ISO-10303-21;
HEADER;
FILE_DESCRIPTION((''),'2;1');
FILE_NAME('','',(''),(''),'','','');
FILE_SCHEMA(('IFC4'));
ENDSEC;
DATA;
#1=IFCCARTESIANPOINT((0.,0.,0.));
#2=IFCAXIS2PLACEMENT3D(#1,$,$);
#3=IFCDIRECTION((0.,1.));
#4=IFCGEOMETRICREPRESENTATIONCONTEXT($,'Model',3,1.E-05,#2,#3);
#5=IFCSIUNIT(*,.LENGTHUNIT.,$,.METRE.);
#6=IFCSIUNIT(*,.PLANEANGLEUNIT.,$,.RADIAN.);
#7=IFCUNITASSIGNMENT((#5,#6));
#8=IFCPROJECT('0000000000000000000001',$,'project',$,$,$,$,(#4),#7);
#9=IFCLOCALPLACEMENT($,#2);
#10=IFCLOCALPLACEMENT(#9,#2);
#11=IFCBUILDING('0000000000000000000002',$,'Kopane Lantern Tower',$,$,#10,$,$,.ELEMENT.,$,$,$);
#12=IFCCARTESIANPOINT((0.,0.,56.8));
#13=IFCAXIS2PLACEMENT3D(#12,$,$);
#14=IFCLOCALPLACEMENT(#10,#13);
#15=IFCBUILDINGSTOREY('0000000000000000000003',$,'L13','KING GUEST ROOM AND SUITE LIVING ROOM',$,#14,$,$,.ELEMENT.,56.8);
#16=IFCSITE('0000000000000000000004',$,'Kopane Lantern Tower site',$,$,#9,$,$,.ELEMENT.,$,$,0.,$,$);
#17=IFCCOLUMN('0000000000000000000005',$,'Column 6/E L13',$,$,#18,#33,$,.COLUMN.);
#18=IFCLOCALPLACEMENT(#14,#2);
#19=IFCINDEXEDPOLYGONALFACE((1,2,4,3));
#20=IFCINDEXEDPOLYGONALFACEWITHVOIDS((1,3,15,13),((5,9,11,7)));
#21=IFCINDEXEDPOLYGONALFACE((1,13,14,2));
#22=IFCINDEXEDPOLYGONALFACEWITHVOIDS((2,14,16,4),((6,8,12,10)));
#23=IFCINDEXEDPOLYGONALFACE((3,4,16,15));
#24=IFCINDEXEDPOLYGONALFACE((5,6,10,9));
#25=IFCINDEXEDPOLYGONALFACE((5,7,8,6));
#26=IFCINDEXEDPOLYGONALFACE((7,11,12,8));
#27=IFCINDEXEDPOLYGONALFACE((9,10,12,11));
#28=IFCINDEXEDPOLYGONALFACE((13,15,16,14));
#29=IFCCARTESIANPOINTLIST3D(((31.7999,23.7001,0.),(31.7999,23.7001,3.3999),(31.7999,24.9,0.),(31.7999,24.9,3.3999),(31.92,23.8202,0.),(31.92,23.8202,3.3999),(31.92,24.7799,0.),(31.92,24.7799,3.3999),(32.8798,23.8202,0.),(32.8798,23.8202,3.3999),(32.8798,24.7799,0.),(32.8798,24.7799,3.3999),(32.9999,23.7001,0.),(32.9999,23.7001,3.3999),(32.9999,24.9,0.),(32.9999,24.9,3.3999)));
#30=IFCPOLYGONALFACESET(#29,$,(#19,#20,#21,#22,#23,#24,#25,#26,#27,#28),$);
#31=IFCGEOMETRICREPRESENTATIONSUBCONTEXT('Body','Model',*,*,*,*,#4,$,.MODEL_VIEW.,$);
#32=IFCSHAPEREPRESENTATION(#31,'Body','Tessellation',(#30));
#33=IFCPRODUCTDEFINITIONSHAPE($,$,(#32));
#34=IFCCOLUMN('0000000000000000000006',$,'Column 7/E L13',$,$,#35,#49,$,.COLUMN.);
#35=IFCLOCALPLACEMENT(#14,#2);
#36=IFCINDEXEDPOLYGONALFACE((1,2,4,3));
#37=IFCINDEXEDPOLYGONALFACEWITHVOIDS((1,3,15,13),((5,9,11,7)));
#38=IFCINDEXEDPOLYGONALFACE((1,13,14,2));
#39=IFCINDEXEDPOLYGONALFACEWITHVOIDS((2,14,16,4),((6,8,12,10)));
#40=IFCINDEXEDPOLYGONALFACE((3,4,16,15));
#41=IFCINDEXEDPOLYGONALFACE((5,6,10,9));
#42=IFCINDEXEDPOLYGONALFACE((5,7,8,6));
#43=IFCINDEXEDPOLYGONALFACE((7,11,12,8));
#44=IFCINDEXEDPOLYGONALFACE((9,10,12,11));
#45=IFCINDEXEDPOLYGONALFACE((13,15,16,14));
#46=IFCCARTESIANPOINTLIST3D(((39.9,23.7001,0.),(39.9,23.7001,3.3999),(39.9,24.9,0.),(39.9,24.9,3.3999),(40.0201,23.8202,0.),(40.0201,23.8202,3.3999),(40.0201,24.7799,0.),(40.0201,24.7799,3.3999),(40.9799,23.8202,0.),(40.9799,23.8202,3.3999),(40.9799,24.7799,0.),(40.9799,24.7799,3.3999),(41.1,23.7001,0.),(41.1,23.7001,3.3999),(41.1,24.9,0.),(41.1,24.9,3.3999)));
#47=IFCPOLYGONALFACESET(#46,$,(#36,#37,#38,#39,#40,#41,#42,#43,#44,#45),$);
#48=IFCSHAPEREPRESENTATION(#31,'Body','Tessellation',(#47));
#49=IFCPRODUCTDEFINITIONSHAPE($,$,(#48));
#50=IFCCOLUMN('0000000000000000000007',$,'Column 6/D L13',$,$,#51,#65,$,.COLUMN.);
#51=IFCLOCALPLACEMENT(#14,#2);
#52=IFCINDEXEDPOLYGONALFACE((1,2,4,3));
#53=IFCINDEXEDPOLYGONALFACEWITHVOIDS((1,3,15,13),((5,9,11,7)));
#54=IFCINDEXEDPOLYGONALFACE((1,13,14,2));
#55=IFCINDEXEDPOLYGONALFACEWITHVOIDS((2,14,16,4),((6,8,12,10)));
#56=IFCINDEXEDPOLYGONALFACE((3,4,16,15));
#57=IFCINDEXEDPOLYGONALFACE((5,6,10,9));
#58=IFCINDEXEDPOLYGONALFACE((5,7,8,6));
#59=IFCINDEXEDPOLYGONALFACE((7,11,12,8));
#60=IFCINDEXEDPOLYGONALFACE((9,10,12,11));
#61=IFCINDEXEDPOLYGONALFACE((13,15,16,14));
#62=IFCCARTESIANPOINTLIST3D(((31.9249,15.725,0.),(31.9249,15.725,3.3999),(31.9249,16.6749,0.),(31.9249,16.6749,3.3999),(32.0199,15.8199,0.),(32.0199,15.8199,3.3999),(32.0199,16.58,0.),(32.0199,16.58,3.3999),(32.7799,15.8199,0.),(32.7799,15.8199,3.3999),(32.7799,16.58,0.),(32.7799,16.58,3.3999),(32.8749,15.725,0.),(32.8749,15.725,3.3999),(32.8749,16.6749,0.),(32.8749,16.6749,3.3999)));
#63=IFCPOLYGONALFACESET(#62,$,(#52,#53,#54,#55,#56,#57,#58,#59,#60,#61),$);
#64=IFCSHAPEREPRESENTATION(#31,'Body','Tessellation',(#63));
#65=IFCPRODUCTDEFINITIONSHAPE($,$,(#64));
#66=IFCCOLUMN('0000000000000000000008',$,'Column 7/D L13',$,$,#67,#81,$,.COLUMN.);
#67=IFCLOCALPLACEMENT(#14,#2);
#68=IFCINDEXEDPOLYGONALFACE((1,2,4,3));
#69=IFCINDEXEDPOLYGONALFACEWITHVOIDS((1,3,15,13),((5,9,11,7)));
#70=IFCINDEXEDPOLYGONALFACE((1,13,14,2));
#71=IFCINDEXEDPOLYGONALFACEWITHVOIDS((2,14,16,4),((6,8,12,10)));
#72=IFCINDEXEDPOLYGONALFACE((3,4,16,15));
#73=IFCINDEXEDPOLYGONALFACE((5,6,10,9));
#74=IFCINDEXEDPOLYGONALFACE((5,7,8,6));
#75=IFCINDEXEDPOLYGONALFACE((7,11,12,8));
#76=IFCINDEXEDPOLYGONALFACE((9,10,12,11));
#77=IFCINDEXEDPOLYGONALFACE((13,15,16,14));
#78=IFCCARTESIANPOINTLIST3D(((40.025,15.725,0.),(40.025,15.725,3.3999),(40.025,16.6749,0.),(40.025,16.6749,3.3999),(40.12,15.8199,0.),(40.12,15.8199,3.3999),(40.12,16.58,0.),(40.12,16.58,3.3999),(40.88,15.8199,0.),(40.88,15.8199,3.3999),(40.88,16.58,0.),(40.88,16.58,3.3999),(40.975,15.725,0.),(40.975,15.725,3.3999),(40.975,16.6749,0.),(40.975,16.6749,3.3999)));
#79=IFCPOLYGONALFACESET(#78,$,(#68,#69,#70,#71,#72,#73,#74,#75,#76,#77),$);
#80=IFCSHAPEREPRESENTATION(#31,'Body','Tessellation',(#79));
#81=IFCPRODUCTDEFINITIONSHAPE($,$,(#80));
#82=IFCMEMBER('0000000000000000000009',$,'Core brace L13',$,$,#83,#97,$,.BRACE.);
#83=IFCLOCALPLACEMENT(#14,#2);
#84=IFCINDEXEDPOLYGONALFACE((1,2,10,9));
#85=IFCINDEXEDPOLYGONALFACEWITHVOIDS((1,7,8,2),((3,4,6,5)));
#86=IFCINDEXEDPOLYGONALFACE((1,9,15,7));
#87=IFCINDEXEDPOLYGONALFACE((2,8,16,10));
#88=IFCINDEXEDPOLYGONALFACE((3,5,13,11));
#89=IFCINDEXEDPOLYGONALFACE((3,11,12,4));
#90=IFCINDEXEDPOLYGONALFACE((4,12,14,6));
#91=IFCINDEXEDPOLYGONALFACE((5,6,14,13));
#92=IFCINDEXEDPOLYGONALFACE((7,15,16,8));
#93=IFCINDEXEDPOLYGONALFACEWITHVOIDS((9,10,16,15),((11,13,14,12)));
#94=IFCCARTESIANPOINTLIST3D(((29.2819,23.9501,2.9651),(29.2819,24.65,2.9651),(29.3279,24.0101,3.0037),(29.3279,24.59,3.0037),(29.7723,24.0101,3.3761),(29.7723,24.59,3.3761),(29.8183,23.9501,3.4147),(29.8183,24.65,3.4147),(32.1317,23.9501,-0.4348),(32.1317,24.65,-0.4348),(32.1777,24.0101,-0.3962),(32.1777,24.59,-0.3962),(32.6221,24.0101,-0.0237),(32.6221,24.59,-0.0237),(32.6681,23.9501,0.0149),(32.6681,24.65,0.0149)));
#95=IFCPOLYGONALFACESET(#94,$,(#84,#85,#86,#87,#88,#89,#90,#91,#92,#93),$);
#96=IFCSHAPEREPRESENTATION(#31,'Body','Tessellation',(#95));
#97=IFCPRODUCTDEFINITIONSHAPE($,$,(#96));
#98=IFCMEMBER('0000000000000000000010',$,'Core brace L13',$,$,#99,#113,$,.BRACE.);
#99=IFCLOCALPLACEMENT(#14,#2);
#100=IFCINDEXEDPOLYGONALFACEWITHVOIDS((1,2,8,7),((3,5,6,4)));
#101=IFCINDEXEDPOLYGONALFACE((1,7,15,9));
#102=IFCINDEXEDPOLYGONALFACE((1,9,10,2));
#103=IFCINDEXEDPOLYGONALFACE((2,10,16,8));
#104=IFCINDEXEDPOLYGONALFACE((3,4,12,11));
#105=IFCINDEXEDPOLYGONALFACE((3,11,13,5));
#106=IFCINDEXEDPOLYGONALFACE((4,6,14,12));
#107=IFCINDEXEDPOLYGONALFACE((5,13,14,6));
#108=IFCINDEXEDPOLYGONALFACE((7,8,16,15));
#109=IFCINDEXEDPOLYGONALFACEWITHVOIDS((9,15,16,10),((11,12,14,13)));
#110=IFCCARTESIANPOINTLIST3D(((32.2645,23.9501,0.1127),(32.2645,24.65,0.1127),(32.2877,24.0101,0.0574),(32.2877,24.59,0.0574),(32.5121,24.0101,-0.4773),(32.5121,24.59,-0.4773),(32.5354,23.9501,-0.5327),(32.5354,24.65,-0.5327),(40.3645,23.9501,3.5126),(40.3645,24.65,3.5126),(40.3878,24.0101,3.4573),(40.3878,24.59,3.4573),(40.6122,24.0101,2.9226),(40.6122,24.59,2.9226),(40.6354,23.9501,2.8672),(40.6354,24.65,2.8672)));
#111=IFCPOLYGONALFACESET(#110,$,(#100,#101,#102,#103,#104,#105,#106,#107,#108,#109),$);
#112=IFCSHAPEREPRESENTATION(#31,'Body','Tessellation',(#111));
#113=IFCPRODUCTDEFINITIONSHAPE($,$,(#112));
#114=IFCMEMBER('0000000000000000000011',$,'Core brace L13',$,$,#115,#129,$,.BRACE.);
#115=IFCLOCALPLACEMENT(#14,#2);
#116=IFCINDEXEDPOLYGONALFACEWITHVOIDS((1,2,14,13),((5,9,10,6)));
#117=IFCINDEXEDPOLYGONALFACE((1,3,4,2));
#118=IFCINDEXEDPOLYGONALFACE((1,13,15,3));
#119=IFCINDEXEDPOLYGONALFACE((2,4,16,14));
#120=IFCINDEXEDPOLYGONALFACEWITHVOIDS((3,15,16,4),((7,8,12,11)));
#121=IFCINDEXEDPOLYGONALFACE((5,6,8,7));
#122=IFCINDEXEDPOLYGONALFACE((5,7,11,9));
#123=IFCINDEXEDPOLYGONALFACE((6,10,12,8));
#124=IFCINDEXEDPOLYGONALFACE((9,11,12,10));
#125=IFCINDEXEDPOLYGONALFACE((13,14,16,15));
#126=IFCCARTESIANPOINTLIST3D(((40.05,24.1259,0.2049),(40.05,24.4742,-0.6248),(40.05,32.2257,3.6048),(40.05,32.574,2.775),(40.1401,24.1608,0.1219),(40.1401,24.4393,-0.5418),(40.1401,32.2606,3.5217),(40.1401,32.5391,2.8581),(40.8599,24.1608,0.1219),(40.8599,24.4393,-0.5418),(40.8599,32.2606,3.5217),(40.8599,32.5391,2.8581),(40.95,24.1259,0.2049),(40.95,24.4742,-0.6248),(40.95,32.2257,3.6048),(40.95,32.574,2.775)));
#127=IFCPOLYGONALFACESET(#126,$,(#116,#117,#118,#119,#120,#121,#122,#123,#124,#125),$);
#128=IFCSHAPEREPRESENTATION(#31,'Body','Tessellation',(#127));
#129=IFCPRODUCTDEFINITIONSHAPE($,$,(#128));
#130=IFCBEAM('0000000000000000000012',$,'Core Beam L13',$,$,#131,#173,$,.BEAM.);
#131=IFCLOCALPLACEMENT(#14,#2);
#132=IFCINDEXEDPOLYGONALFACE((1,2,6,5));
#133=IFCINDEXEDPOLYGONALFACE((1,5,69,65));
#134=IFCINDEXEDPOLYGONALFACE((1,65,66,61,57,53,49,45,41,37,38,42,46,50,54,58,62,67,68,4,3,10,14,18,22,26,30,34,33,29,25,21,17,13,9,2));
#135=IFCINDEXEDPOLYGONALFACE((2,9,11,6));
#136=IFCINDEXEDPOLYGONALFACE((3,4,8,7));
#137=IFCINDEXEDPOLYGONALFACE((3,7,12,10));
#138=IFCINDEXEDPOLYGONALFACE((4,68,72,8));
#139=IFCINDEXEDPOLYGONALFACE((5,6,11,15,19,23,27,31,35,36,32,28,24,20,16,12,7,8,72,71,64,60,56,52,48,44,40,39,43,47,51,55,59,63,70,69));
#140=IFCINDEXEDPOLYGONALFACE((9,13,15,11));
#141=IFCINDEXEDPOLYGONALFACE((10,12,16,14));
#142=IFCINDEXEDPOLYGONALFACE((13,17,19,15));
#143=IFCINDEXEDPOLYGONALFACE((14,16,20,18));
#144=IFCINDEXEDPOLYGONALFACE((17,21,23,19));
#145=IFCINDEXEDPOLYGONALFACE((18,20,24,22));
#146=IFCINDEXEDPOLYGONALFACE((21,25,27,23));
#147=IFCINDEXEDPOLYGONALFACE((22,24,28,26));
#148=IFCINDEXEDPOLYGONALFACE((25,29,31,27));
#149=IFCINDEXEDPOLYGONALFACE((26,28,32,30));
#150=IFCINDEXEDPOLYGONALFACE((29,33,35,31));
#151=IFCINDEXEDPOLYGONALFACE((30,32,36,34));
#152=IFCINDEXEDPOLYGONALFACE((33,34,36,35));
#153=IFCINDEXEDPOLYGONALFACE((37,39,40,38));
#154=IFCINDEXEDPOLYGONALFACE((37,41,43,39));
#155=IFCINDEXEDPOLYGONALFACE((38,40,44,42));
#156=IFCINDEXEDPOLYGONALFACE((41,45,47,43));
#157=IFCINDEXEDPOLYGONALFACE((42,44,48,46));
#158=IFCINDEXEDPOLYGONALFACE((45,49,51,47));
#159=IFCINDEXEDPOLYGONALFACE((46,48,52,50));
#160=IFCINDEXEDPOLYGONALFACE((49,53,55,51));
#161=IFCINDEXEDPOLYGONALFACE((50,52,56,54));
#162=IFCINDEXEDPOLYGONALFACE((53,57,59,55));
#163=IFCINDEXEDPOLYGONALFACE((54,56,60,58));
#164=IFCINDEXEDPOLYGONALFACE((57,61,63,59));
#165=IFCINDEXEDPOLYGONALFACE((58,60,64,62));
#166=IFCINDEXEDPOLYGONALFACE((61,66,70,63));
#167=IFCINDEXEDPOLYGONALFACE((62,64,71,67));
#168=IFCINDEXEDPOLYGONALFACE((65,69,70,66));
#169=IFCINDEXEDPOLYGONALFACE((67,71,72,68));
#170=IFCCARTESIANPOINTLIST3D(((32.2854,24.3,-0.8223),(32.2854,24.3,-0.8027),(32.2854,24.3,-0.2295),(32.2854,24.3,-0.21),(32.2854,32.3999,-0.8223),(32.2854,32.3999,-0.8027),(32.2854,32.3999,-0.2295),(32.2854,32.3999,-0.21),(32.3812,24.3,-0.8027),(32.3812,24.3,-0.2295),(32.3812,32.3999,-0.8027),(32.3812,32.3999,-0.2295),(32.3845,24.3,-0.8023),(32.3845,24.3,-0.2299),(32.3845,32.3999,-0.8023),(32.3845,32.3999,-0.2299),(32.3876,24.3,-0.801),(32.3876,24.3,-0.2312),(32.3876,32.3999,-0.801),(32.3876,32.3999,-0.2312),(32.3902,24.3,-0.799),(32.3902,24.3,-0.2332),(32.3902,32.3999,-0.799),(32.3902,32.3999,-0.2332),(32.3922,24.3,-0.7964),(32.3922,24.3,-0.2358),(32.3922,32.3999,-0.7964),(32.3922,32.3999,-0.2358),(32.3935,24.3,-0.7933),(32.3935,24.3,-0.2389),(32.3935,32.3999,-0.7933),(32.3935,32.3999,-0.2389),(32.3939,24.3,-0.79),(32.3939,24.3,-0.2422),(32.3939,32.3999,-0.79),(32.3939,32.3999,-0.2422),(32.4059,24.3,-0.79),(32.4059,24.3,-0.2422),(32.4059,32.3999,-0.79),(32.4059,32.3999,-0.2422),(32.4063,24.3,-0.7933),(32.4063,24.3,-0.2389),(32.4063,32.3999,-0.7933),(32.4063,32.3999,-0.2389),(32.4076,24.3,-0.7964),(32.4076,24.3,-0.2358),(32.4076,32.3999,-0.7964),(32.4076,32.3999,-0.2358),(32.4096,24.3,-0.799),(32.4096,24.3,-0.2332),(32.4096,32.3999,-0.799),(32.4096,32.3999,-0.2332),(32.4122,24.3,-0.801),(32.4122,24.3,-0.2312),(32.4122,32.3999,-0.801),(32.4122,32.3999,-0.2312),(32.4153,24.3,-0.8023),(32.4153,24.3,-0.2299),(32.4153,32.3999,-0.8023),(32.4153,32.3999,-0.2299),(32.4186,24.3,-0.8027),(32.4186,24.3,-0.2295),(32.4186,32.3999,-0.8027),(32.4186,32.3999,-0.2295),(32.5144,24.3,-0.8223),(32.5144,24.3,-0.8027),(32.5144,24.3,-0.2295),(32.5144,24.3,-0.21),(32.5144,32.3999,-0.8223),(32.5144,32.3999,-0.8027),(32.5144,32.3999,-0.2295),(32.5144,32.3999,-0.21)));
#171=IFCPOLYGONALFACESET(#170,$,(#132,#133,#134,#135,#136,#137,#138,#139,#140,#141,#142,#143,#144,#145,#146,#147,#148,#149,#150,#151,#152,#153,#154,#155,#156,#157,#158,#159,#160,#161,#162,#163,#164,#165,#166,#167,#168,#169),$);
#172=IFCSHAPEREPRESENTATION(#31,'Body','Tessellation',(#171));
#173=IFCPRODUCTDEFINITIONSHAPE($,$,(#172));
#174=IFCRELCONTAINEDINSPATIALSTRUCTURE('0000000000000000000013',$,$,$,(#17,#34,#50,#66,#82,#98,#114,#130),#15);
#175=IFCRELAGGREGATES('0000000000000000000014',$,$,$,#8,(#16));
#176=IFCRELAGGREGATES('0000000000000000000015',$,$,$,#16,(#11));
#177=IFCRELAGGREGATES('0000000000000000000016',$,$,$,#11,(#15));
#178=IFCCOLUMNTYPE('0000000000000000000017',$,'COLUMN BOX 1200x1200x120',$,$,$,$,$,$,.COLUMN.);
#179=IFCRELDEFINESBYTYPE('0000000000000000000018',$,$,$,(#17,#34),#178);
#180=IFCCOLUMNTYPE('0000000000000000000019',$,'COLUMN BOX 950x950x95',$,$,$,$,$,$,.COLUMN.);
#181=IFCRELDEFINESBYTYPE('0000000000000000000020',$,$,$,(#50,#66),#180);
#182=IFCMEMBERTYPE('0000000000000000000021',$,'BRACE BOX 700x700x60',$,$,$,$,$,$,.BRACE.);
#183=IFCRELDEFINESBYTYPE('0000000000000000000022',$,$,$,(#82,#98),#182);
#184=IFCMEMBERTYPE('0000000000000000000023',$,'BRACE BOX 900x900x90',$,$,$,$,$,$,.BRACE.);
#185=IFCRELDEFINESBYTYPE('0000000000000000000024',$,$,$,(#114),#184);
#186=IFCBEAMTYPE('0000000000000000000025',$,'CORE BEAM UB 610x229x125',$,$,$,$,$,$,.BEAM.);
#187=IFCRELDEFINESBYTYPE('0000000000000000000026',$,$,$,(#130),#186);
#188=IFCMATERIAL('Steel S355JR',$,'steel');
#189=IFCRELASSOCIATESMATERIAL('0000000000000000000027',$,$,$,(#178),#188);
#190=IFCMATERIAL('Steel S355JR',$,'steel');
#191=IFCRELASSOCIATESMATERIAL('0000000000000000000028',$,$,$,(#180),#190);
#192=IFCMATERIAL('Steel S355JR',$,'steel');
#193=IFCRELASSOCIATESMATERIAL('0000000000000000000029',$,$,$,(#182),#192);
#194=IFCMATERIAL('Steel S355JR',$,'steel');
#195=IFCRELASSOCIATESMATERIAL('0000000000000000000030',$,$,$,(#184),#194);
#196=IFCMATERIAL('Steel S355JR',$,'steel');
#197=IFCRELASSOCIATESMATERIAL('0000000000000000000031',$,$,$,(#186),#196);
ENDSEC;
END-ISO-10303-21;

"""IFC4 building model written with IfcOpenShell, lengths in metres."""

from ifc_helpers import new_model, si_unit, direction, frame, origin, origin_2d, place, context, subcontext, project, spatial, hollow_rectangle, i_section, extrude, material, material_profile, profile_set, type_object, element, save


model = new_model("IFC4")

# Units and contexts
model_context = context("Model", 3, precision=1e-05, world=origin(), true_north=direction((0.0, 1.0)))
body_context = subcontext(model_context, "Body", "Model", "MODEL_VIEW")
ifc_project = project(units=[si_unit("LENGTHUNIT", "METRE"), si_unit("PLANEANGLEUNIT", "RADIAN")], contexts=[model_context])

# Site, building, storey
site_placement = place(None, origin())
site = spatial("IfcSite", under=ifc_project, at=site_placement, Name="Kopane Lantern Tower site", CompositionType="ELEMENT", RefElevation=0.0)
building_placement = place(site_placement, origin())
building = spatial("IfcBuilding", under=site, at=building_placement, Name="Kopane Lantern Tower", CompositionType="ELEMENT")
storey_placement = place(building_placement, frame((0.0, 0.0, 56.8)))
storey = spatial("IfcBuildingStorey", under=building, at=storey_placement, Name="L13", Description="KING GUEST ROOM AND SUITE LIVING ROOM", CompositionType="ELEMENT", Elevation=56.8)

# Columns
ifc_material_1 = material(Name="Steel S355JR", Category="steel")
ifc_material_profile_1 = material_profile(ifc_material_1, hollow_rectangle(XDim=1.2, YDim=1.2, WallThickness=0.1201, at=origin_2d()), Name="BOX 1200x1200x120")
ifc_profile_set_1 = profile_set([ifc_material_profile_1], Name="Steel S355JR")
column_type_1 = type_object("IfcColumnType", Name="COLUMN BOX 1200x1200x120", PredefinedType="COLUMN", material=ifc_profile_set_1)
for number, where, z_axis, x_axis, name in (
    (1, (32.3999, 24.3, 0.0), (0.0, 0.0, 1.0), (1.0, 0.0, 0.0), "Column 6/E L13"),
    (2, (40.5, 24.3, 0.0), (0.0, 0.0, 1.0), (1.0, 0.0, 0.0), "Column 7/E L13"),
):
    element("IfcColumn", number, at=place(storey_placement, frame(where, z_axis=z_axis, x_axis=x_axis)), inside=storey, type_object=column_type_1, Name=name, PredefinedType="COLUMN", context=body_context, shape_type="SweptSolid", body=[
        extrude(hollow_rectangle(XDim=1.2, YDim=1.2, WallThickness=0.1201, at=origin_2d()), origin(), (0.0, 0.0, 1.0), 3.3999),
    ])
ifc_material_2 = material(Name="Steel S355JR", Category="steel")
ifc_material_profile_2 = material_profile(ifc_material_2, hollow_rectangle(XDim=0.95, YDim=0.95, WallThickness=0.095, at=origin_2d()), Name="BOX 950x950x95")
ifc_profile_set_2 = profile_set([ifc_material_profile_2], Name="Steel S355JR")
column_type_2 = type_object("IfcColumnType", Name="COLUMN BOX 950x950x95", PredefinedType="COLUMN", material=ifc_profile_set_2)
for number, where, z_axis, x_axis, name in (
    (3, (32.3999, 16.2, 0.0), (0.0, 0.0, 1.0), (1.0, 0.0, 0.0), "Column 6/D L13"),
    (4, (40.5, 16.2, 0.0), (0.0, 0.0, 1.0), (1.0, 0.0, 0.0), "Column 7/D L13"),
):
    element("IfcColumn", number, at=place(storey_placement, frame(where, z_axis=z_axis, x_axis=x_axis)), inside=storey, type_object=column_type_2, Name=name, PredefinedType="COLUMN", context=body_context, shape_type="SweptSolid", body=[
        extrude(hollow_rectangle(XDim=0.95, YDim=0.95, WallThickness=0.095, at=origin_2d()), origin(), (0.0, 0.0, 1.0), 3.3999),
    ])

# Members
ifc_material_3 = material(Name="Steel S355JR", Category="steel")
ifc_material_profile_3 = material_profile(ifc_material_3, hollow_rectangle(XDim=0.7, YDim=0.7, WallThickness=0.0601, at=origin_2d()), Name="BOX 700x700x60")
ifc_profile_set_3 = profile_set([ifc_material_profile_3], Name="Steel S355JR")
member_type_1 = type_object("IfcMemberType", Name="BRACE BOX 700x700x60", PredefinedType="BRACE", material=ifc_profile_set_3)
member_1_placement = place(storey_placement, frame((32.3999, 24.3, -0.21), z_axis=(-0.64239, 0.0, 0.766378), x_axis=(0.0, -1.0, 0.0)))
element("IfcMember", 5, at=member_1_placement, inside=storey, type_object=member_type_1, Name="Core brace L13", PredefinedType="BRACE", context=body_context, shape_type="SweptSolid", body=[
    extrude(hollow_rectangle(XDim=0.7, YDim=0.7, WallThickness=0.0601, at=origin_2d()), origin(), (0.0, 0.0, 1.0), 4.4363),
])
member_2_placement = place(storey_placement, frame((32.3999, 24.3, -0.21), z_axis=(0.922069, 0.0, 0.387026), x_axis=(0.0, 1.0, 0.0)))
element("IfcMember", 6, at=member_2_placement, inside=storey, type_object=member_type_1, Name="Core brace L13", PredefinedType="BRACE", context=body_context, shape_type="SweptSolid", body=[
    extrude(hollow_rectangle(XDim=0.7, YDim=0.7, WallThickness=0.0601, at=origin_2d()), origin(), (0.0, 0.0, 1.0), 8.7847),
])
ifc_material_4 = material(Name="Steel S355JR", Category="steel")
ifc_material_profile_4 = material_profile(ifc_material_4, hollow_rectangle(XDim=0.8999, YDim=0.8999, WallThickness=0.0901, at=origin_2d()), Name="BOX 900x900x90")
ifc_profile_set_4 = profile_set([ifc_material_profile_4], Name="Steel S355JR")
member_type_2 = type_object("IfcMemberType", Name="BRACE BOX 900x900x90", PredefinedType="BRACE", material=ifc_profile_set_4)
member_3_placement = place(storey_placement, frame((40.5, 24.3, -0.21), z_axis=(0.0, 0.922065, 0.387035), x_axis=(-1.0, 0.0, 0.0)))
element("IfcMember", 7, at=member_3_placement, inside=storey, type_object=member_type_2, Name="Core brace L13", PredefinedType="BRACE", context=body_context, shape_type="SweptSolid", body=[
    extrude(hollow_rectangle(XDim=0.8999, YDim=0.8999, WallThickness=0.0901, at=origin_2d()), origin(), (0.0, 0.0, 1.0), 8.7844),
])

# Beam
ifc_material_5 = material(Name="Steel S355JR", Category="steel")
ifc_material_profile_5 = material_profile(ifc_material_5, i_section(OverallWidth=0.229, OverallDepth=0.6123, WebThickness=0.012, FlangeThickness=0.0195, FilletRadius=0.0127, at=origin_2d()), Name="UB 610x229x125")
ifc_profile_set_5 = profile_set([ifc_material_profile_5], Name="Steel S355JR")
beam_type_1 = type_object("IfcBeamType", Name="CORE BEAM UB 610x229x125", PredefinedType="BEAM", material=ifc_profile_set_5)
beam_1_placement = place(storey_placement, frame((32.3999, 24.3, -0.5161), z_axis=(0.0, 1.0, 0.0), x_axis=(-1.0, 0.0, 0.0)))
element("IfcBeam", 8, at=beam_1_placement, inside=storey, type_object=beam_type_1, Name="Core Beam L13", PredefinedType="BEAM", context=body_context, shape_type="SweptSolid", body=[
    extrude(i_section(OverallWidth=0.229, OverallDepth=0.6123, WebThickness=0.012, FlangeThickness=0.0195, FilletRadius=0.0127, at=origin_2d()), origin(), (0.0, 0.0, 1.0), 8.0999),
])

save(model, "model.ifc")
